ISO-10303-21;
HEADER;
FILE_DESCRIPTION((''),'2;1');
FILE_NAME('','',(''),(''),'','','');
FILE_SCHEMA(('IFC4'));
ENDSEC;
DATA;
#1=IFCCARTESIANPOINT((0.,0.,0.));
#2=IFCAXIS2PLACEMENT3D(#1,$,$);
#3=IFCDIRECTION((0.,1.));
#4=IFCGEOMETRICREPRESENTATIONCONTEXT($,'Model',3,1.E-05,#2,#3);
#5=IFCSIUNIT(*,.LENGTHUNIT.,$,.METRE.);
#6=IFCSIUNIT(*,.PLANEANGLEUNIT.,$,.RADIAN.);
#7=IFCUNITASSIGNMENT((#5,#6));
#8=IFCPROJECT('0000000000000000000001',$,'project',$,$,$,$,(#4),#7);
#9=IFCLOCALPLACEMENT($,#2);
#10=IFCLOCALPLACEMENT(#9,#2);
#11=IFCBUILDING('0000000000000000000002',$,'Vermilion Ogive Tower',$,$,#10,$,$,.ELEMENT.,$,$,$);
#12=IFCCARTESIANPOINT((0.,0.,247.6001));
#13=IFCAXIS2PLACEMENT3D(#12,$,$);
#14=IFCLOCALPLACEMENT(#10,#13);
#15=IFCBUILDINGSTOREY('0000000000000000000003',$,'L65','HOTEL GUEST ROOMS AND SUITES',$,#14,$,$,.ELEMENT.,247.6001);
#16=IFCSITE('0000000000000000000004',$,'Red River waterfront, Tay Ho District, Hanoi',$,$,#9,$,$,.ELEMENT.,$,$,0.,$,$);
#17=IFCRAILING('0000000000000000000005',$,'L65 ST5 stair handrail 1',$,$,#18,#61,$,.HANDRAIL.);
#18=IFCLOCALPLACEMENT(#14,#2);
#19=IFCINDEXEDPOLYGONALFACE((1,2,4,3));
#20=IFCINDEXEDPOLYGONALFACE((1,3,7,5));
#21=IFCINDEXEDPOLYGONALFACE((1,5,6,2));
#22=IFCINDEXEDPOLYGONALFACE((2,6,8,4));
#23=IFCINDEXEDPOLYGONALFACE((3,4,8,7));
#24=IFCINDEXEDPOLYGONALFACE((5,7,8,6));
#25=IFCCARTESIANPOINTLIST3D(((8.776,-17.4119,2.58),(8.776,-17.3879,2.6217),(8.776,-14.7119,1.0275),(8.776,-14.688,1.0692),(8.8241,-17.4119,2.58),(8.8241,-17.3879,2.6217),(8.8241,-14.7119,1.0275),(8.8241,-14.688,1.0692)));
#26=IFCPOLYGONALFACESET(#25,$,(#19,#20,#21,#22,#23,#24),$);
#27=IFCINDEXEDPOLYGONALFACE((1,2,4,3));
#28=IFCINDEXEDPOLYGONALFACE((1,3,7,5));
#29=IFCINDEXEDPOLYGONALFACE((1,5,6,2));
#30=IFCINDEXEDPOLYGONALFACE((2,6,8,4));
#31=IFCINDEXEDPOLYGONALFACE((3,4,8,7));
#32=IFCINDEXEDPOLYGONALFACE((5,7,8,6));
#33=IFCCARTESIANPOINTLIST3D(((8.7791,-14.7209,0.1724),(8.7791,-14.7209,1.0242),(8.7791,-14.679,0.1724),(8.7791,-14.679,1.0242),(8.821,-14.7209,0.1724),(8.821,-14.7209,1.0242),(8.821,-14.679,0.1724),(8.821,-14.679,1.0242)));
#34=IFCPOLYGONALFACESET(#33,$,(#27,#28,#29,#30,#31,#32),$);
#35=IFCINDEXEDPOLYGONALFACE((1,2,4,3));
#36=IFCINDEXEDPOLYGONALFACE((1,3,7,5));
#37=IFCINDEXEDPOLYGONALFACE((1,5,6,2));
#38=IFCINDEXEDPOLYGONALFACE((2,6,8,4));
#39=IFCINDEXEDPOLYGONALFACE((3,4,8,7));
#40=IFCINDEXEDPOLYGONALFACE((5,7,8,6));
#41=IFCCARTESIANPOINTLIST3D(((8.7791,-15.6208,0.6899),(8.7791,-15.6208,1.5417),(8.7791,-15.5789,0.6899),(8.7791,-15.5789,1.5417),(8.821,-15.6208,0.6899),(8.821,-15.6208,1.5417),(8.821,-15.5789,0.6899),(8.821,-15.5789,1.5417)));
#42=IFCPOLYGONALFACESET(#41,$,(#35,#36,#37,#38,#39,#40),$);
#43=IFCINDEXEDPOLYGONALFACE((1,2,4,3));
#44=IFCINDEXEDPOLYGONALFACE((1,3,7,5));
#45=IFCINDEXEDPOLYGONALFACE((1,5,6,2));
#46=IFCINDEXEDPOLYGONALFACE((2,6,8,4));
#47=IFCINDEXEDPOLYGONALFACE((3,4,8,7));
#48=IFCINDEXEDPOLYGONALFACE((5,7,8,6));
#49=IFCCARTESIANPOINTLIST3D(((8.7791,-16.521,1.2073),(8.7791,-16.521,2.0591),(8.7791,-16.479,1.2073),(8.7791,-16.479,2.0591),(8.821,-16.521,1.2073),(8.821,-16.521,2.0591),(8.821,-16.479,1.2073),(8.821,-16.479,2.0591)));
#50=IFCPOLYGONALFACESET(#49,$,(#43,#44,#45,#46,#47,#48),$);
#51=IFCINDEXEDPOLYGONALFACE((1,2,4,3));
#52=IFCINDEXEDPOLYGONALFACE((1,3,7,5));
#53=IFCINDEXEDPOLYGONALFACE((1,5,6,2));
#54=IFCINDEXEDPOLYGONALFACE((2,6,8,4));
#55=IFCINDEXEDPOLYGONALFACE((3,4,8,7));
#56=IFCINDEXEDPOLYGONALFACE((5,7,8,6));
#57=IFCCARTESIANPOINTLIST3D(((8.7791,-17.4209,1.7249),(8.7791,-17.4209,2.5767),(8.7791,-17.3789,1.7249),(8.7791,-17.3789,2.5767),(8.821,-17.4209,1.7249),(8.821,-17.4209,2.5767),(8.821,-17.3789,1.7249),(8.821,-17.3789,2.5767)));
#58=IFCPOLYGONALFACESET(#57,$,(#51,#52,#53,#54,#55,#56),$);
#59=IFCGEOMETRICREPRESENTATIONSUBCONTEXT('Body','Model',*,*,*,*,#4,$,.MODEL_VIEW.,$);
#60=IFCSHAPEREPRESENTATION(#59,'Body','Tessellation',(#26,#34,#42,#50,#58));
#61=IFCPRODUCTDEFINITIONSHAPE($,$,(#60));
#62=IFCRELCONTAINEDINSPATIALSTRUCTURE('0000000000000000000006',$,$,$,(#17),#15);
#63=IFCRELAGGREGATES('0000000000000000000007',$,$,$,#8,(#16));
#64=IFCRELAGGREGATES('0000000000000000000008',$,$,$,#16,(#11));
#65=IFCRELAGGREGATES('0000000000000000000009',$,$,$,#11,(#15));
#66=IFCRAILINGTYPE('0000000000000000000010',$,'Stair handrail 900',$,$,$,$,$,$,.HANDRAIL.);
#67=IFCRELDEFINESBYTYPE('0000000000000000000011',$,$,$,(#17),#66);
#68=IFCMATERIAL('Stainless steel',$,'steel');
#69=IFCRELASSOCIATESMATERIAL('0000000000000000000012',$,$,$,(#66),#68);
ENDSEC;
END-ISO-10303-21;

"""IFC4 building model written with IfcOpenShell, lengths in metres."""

from ifc_helpers import new_model, si_unit, direction, frame, origin, origin_2d, place, context, subcontext, project, spatial, rectangle, extrude, material, type_object, element, save


model = new_model("IFC4")

# Units and contexts
model_context = context("Model", 3, precision=1e-05, world=origin(), true_north=direction((0.0, 1.0)))
body_context = subcontext(model_context, "Body", "Model", "MODEL_VIEW")
ifc_project = project(units=[si_unit("LENGTHUNIT", "METRE"), si_unit("PLANEANGLEUNIT", "RADIAN")], contexts=[model_context])

# Site, building, storey
site_placement = place(None, origin())
site = spatial("IfcSite", under=ifc_project, at=site_placement, Name="Red River waterfront, Tay Ho District, Hanoi", CompositionType="ELEMENT", RefElevation=0.0)
building_placement = place(site_placement, origin())
building = spatial("IfcBuilding", under=site, at=building_placement, Name="Vermilion Ogive Tower", CompositionType="ELEMENT")
storey_placement = place(building_placement, frame((0.0, 0.0, 247.6001)))
storey = spatial("IfcBuildingStorey", under=building, at=storey_placement, Name="L65", Description="HOTEL GUEST ROOMS AND SUITES", CompositionType="ELEMENT", Elevation=247.6001)

# Railing
ifc_material_1 = material(Name="Stainless steel", Category="steel")
railing_type_1 = type_object("IfcRailingType", Name="Stair handrail 900", PredefinedType="HANDRAIL", material=ifc_material_1)
railing_1_placement = place(storey_placement, frame((8.8, -14.7, 0.1724)))
element("IfcRailing", 1, at=railing_1_placement, inside=storey, type_object=railing_type_1, Name="L65 ST5 stair handrail 1", PredefinedType="HANDRAIL", context=body_context, shape_type="SweptSolid", body=[
    extrude(rectangle(XDim=0.0481, YDim=0.0481, at=origin_2d()), frame((0.0, 0.0, 0.876), z_axis=(0.0, -0.866904, 0.498476), x_axis=(1.0, 0.0, 0.0)), (0.0, 0.0, 1.0), 3.1145),
    extrude(rectangle(XDim=0.042, YDim=0.042, at=origin_2d()), origin(), (0.0, 0.0, 1.0), 0.8518),
    extrude(rectangle(XDim=0.042, YDim=0.042, at=origin_2d()), frame((0.0, -0.8999, 0.5176)), (0.0, 0.0, 1.0), 0.8518),
    extrude(rectangle(XDim=0.042, YDim=0.042, at=origin_2d()), frame((0.0, -1.8, 1.0349)), (0.0, 0.0, 1.0), 0.8518),
    extrude(rectangle(XDim=0.042, YDim=0.042, at=origin_2d()), frame((0.0, -2.7, 1.5525)), (0.0, 0.0, 1.0), 0.8518),
])

save(model, "model.ifc")
